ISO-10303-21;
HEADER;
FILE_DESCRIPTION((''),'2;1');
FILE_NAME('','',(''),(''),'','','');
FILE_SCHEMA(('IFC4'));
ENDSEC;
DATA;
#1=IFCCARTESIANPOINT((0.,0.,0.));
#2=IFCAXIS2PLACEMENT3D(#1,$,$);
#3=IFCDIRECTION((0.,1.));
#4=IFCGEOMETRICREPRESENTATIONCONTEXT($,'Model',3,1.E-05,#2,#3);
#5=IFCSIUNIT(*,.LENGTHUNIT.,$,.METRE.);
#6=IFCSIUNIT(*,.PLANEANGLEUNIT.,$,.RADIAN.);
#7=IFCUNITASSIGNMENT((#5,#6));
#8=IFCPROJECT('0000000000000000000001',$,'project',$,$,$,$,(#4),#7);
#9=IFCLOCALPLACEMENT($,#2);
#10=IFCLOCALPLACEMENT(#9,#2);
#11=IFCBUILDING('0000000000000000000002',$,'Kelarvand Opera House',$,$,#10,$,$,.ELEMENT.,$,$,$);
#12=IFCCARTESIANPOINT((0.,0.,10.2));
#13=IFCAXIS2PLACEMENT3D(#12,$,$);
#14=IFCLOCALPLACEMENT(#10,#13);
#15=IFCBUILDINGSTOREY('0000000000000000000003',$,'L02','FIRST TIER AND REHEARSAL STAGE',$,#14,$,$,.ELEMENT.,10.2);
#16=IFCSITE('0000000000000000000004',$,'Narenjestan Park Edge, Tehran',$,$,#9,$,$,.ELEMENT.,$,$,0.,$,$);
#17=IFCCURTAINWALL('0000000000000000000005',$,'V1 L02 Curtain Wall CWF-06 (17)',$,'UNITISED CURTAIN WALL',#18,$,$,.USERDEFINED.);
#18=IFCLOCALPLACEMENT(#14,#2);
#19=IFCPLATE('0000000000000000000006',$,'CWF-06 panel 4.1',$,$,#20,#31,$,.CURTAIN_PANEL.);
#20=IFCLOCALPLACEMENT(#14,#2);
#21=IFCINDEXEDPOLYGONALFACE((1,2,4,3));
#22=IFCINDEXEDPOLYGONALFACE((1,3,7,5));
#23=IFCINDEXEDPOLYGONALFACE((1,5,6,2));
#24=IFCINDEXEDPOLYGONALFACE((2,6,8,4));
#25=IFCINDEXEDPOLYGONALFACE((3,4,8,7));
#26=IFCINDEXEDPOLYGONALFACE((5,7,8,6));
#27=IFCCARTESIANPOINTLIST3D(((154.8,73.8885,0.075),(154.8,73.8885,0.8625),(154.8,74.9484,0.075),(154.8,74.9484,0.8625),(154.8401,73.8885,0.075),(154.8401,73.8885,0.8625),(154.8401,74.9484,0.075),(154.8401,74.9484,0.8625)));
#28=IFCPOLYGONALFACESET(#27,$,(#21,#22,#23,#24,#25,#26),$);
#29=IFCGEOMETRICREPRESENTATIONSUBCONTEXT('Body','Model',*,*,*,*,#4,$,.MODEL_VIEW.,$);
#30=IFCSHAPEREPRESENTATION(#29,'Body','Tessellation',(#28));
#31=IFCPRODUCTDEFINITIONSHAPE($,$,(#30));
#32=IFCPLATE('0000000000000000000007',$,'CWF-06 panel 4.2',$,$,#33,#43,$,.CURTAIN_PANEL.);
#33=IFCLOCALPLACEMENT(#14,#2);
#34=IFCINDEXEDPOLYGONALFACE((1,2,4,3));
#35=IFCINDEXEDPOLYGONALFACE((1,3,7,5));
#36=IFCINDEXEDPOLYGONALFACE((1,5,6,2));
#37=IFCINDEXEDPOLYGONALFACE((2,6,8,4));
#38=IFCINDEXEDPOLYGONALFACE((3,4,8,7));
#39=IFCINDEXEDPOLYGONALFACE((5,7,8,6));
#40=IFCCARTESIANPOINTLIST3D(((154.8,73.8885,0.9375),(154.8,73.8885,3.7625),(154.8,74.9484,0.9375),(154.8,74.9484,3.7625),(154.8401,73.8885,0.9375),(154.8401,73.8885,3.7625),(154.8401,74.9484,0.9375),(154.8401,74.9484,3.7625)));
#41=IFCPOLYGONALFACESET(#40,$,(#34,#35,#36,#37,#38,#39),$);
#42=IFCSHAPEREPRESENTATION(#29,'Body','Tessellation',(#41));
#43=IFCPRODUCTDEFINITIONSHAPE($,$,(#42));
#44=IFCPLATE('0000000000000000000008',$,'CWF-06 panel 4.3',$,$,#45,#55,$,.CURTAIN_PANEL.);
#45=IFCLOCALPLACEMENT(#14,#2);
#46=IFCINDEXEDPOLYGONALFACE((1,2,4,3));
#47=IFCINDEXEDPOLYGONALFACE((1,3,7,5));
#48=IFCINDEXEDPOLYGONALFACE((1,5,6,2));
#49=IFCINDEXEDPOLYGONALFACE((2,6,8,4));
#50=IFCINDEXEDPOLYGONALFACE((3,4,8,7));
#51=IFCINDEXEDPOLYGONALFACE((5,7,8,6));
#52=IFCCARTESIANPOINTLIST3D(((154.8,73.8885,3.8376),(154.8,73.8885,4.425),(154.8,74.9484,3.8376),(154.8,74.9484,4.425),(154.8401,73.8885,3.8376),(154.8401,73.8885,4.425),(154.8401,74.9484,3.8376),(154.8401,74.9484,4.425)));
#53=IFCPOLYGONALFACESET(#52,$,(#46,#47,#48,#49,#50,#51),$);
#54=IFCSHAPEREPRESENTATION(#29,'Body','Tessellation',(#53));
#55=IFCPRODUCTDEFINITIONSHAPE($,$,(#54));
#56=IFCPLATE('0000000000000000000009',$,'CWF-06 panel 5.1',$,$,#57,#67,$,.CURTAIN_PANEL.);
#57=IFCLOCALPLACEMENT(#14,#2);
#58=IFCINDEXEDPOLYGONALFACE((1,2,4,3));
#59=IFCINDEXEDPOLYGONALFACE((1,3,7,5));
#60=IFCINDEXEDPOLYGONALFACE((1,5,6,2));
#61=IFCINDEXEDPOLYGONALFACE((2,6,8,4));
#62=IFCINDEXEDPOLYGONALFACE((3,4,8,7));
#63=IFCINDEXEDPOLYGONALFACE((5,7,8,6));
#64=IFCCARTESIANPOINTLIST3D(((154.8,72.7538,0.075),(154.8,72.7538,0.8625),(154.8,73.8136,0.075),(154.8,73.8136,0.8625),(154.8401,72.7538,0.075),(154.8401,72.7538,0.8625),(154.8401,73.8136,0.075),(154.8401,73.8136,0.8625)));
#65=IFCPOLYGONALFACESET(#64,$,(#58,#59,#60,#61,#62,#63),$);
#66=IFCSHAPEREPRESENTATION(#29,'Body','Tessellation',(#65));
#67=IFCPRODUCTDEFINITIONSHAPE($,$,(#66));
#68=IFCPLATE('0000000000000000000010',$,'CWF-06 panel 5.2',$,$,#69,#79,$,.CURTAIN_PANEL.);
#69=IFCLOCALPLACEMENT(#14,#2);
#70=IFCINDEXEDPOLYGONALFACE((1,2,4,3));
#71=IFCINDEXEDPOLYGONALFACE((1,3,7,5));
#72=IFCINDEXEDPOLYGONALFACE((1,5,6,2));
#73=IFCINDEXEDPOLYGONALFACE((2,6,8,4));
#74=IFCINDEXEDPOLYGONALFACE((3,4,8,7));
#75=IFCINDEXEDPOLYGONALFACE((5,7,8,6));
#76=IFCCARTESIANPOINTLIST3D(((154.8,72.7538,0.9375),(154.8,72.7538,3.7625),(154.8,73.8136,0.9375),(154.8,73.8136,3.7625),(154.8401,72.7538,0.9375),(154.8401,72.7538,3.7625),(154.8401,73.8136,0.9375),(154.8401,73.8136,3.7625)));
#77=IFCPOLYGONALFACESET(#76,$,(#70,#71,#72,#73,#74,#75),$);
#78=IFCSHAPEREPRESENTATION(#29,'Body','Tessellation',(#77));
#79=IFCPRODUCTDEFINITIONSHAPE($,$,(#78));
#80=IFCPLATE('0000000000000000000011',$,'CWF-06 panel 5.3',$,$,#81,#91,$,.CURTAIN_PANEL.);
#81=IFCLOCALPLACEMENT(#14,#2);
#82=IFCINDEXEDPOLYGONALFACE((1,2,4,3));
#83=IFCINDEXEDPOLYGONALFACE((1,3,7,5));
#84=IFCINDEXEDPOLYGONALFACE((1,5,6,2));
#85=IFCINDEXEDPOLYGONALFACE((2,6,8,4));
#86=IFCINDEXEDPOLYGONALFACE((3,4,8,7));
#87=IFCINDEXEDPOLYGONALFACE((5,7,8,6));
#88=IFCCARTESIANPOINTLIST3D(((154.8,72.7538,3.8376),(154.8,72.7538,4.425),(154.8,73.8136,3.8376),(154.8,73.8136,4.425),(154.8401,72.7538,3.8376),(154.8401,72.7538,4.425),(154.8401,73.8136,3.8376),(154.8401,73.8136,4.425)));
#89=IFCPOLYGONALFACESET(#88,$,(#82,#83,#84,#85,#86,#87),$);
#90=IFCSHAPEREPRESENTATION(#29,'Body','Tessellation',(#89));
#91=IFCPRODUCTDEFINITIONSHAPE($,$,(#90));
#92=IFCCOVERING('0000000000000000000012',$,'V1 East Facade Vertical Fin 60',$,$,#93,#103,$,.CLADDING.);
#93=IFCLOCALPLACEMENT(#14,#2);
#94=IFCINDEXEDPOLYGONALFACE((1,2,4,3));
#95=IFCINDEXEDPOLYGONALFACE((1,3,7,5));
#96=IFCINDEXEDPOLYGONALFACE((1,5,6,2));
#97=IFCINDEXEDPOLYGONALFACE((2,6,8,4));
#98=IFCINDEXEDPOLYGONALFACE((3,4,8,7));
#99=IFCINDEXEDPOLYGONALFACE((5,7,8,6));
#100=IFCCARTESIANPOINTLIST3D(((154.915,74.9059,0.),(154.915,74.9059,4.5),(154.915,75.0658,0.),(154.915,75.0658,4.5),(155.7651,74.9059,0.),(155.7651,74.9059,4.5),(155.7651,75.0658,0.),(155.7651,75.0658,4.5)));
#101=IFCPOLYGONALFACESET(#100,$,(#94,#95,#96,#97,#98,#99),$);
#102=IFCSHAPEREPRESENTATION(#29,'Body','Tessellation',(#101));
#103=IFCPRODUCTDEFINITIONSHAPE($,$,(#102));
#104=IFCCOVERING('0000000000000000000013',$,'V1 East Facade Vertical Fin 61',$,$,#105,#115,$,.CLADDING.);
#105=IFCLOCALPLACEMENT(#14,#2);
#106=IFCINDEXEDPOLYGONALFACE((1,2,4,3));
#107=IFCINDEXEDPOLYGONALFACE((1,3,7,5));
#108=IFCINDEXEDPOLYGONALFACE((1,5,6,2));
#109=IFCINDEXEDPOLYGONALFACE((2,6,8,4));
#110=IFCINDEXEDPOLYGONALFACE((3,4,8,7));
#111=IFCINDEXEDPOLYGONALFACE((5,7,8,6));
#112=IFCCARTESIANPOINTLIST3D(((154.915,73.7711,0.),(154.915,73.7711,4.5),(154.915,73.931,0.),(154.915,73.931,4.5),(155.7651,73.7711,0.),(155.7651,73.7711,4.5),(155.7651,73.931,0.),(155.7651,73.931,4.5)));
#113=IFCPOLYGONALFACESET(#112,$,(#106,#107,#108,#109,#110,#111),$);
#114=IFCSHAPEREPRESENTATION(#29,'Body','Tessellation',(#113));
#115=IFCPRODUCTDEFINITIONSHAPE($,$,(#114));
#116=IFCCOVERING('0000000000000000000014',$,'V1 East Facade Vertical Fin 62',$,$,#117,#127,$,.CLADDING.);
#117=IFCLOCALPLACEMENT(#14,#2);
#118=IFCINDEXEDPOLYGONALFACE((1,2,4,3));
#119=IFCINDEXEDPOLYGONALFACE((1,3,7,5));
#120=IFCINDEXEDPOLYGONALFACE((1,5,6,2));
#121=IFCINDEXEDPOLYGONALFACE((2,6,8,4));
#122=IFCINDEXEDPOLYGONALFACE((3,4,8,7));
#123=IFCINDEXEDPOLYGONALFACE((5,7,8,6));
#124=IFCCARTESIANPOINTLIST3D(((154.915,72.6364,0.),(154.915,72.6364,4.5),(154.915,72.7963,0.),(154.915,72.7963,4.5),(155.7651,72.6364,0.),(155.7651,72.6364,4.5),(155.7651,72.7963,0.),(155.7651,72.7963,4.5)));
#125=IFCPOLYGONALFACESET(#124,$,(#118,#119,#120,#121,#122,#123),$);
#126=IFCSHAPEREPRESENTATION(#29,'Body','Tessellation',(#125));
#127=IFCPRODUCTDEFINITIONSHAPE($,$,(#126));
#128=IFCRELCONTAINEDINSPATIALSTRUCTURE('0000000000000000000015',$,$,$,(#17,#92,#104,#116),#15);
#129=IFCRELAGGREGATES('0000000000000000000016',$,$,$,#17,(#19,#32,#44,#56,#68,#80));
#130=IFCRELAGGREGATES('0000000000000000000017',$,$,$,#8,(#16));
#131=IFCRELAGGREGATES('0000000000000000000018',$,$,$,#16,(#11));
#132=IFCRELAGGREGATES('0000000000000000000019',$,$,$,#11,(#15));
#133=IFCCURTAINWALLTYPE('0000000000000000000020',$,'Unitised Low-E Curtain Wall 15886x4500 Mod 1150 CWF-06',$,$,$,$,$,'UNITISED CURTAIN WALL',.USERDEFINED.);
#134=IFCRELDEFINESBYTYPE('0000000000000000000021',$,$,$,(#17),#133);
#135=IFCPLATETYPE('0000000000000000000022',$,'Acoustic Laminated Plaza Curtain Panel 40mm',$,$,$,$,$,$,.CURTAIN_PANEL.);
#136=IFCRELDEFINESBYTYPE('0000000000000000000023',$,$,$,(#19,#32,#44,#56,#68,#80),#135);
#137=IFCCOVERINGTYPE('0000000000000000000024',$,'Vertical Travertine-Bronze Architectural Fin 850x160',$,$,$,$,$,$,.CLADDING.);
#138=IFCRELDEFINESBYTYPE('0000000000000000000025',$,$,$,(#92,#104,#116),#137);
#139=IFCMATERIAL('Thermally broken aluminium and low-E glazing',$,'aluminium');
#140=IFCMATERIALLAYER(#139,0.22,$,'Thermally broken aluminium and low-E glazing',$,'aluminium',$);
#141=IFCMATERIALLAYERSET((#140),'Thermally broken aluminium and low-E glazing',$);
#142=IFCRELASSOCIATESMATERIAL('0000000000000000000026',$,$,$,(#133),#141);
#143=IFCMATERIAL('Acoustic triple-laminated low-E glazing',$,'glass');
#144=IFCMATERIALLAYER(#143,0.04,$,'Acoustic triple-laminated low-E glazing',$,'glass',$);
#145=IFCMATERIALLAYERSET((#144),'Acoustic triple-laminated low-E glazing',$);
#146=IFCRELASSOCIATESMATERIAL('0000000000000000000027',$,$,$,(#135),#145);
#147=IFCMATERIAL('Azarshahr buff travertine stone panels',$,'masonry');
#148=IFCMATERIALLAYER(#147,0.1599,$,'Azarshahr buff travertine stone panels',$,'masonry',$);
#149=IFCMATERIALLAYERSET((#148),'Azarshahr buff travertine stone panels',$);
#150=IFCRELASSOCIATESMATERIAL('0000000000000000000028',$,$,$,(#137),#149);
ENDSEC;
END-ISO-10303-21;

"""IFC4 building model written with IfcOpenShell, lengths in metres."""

from ifc_helpers import new_model, si_unit, direction, frame, origin, origin_2d, place, context, subcontext, project, spatial, rectangle, extrude, material, layer, layer_set, type_object, element, aggregate, save


model = new_model("IFC4")

# Units and contexts
model_context = context("Model", 3, precision=1e-05, world=origin(), true_north=direction((0.0, 1.0)))
body_context = subcontext(model_context, "Body", "Model", "MODEL_VIEW")
ifc_project = project(units=[si_unit("LENGTHUNIT", "METRE"), si_unit("PLANEANGLEUNIT", "RADIAN")], contexts=[model_context])

# Site, building, storey
site_placement = place(None, origin())
site = spatial("IfcSite", under=ifc_project, at=site_placement, Name="Narenjestan Park Edge, Tehran", CompositionType="ELEMENT", RefElevation=0.0)
building_placement = place(site_placement, origin())
building = spatial("IfcBuilding", under=site, at=building_placement, Name="Kelarvand Opera House", CompositionType="ELEMENT")
storey_placement = place(building_placement, frame((0.0, 0.0, 10.2)))
storey = spatial("IfcBuildingStorey", under=building, at=storey_placement, Name="L02", Description="FIRST TIER AND REHEARSAL STAGE", CompositionType="ELEMENT", Elevation=10.2)

# Curtain wall, plates
ifc_material_1 = material(Name="Thermally broken aluminium and low-E glazing", Category="aluminium")
ifc_layer_1 = layer(ifc_material_1, 0.22, Name="Thermally broken aluminium and low-E glazing", Category="aluminium")
ifc_layer_set_1 = layer_set([ifc_layer_1], Name="Thermally broken aluminium and low-E glazing")
curtain_wall_type = type_object("IfcCurtainWallType", Name="Unitised Low-E Curtain Wall 15886x4500 Mod 1150 CWF-06", ElementType="UNITISED CURTAIN WALL", PredefinedType="USERDEFINED", material=ifc_layer_set_1)
curtain_wall_placement = place(storey_placement, origin())
curtain_wall = element("IfcCurtainWall", 1, at=curtain_wall_placement, inside=storey, type_object=curtain_wall_type, Name="V1 L02 Curtain Wall CWF-06 (17)", ObjectType="UNITISED CURTAIN WALL", PredefinedType="USERDEFINED")
ifc_material_2 = material(Name="Acoustic triple-laminated low-E glazing", Category="glass")
ifc_layer_2 = layer(ifc_material_2, 0.04, Name="Acoustic triple-laminated low-E glazing", Category="glass")
ifc_layer_set_2 = layer_set([ifc_layer_2], Name="Acoustic triple-laminated low-E glazing")
plate_type = type_object("IfcPlateType", Name="Acoustic Laminated Plaza Curtain Panel 40mm", PredefinedType="CURTAIN_PANEL", material=ifc_layer_set_2)
plate_1_placement = place(storey_placement, frame((154.8201, 74.4185, 0.075), z_axis=(0.0, 0.0, 1.0), x_axis=(0.0, -1.0, 0.0)))
plate_1 = element("IfcPlate", 2, at=plate_1_placement, type_object=plate_type, Name="CWF-06 panel 4.1", PredefinedType="CURTAIN_PANEL", context=body_context, shape_type="SweptSolid", body=[
    extrude(rectangle(XDim=1.0598, YDim=0.04, at=origin_2d()), origin(), (0.0, 0.0, 1.0), 0.7876),
])
plate_2_placement = place(storey_placement, frame((154.8201, 74.4185, 0.9375), z_axis=(0.0, 0.0, 1.0), x_axis=(0.0, -1.0, 0.0)))
plate_2 = element("IfcPlate", 3, at=plate_2_placement, type_object=plate_type, Name="CWF-06 panel 4.2", PredefinedType="CURTAIN_PANEL", context=body_context, shape_type="SweptSolid", body=[
    extrude(rectangle(XDim=1.0598, YDim=0.04, at=origin_2d()), origin(), (0.0, 0.0, 1.0), 2.825),
])
plate_3_placement = place(storey_placement, frame((154.8201, 74.4185, 3.8376), z_axis=(0.0, 0.0, 1.0), x_axis=(0.0, -1.0, 0.0)))
plate_3 = element("IfcPlate", 4, at=plate_3_placement, type_object=plate_type, Name="CWF-06 panel 4.3", PredefinedType="CURTAIN_PANEL", context=body_context, shape_type="SweptSolid", body=[
    extrude(rectangle(XDim=1.0598, YDim=0.04, at=origin_2d()), origin(), (0.0, 0.0, 1.0), 0.5874),
])
plate_4_placement = place(storey_placement, frame((154.8201, 73.2837, 0.075), z_axis=(0.0, 0.0, 1.0), x_axis=(0.0, -1.0, 0.0)))
plate_4 = element("IfcPlate", 5, at=plate_4_placement, type_object=plate_type, Name="CWF-06 panel 5.1", PredefinedType="CURTAIN_PANEL", context=body_context, shape_type="SweptSolid", body=[
    extrude(rectangle(XDim=1.0598, YDim=0.04, at=origin_2d()), origin(), (0.0, 0.0, 1.0), 0.7876),
])
plate_5_placement = place(storey_placement, frame((154.8201, 73.2837, 0.9375), z_axis=(0.0, 0.0, 1.0), x_axis=(0.0, -1.0, 0.0)))
plate_5 = element("IfcPlate", 6, at=plate_5_placement, type_object=plate_type, Name="CWF-06 panel 5.2", PredefinedType="CURTAIN_PANEL", context=body_context, shape_type="SweptSolid", body=[
    extrude(rectangle(XDim=1.0598, YDim=0.04, at=origin_2d()), origin(), (0.0, 0.0, 1.0), 2.825),
])
plate_6_placement = place(storey_placement, frame((154.8201, 73.2837, 3.8376), z_axis=(0.0, 0.0, 1.0), x_axis=(0.0, -1.0, 0.0)))
plate_6 = element("IfcPlate", 7, at=plate_6_placement, type_object=plate_type, Name="CWF-06 panel 5.3", PredefinedType="CURTAIN_PANEL", context=body_context, shape_type="SweptSolid", body=[
    extrude(rectangle(XDim=1.0598, YDim=0.04, at=origin_2d()), origin(), (0.0, 0.0, 1.0), 0.5874),
])
aggregate(curtain_wall, [plate_1, plate_2, plate_3, plate_4, plate_5, plate_6])

# Coverings
ifc_material_3 = material(Name="Azarshahr buff travertine stone panels", Category="masonry")
ifc_layer_3 = layer(ifc_material_3, 0.1599, Name="Azarshahr buff travertine stone panels", Category="masonry")
ifc_layer_set_3 = layer_set([ifc_layer_3], Name="Azarshahr buff travertine stone panels")
covering_type = type_object("IfcCoveringType", Name="Vertical Travertine-Bronze Architectural Fin 850x160", PredefinedType="CLADDING", material=ifc_layer_set_3)
for number, where, z_axis, x_axis, name in (
    (8, (155.3401, 74.9858, 0.0), (0.0, 0.0, 1.0), (1.0, 0.0, 0.0), "V1 East Facade Vertical Fin 60"),
    (9, (155.3401, 73.8511, 0.0), (0.0, 0.0, 1.0), (1.0, 0.0, 0.0), "V1 East Facade Vertical Fin 61"),
    (10, (155.3401, 72.7163, 0.0), (0.0, 0.0, 1.0), (1.0, 0.0, 0.0), "V1 East Facade Vertical Fin 62"),
):
    element("IfcCovering", number, at=place(storey_placement, frame(where, z_axis=z_axis, x_axis=x_axis)), inside=storey, type_object=covering_type, Name=name, PredefinedType="CLADDING", context=body_context, shape_type="SweptSolid", body=[
        extrude(rectangle(XDim=0.8501, YDim=0.1599, at=origin_2d()), origin(), (0.0, 0.0, 1.0), 4.5),
    ])

save(model, "model.ifc")
